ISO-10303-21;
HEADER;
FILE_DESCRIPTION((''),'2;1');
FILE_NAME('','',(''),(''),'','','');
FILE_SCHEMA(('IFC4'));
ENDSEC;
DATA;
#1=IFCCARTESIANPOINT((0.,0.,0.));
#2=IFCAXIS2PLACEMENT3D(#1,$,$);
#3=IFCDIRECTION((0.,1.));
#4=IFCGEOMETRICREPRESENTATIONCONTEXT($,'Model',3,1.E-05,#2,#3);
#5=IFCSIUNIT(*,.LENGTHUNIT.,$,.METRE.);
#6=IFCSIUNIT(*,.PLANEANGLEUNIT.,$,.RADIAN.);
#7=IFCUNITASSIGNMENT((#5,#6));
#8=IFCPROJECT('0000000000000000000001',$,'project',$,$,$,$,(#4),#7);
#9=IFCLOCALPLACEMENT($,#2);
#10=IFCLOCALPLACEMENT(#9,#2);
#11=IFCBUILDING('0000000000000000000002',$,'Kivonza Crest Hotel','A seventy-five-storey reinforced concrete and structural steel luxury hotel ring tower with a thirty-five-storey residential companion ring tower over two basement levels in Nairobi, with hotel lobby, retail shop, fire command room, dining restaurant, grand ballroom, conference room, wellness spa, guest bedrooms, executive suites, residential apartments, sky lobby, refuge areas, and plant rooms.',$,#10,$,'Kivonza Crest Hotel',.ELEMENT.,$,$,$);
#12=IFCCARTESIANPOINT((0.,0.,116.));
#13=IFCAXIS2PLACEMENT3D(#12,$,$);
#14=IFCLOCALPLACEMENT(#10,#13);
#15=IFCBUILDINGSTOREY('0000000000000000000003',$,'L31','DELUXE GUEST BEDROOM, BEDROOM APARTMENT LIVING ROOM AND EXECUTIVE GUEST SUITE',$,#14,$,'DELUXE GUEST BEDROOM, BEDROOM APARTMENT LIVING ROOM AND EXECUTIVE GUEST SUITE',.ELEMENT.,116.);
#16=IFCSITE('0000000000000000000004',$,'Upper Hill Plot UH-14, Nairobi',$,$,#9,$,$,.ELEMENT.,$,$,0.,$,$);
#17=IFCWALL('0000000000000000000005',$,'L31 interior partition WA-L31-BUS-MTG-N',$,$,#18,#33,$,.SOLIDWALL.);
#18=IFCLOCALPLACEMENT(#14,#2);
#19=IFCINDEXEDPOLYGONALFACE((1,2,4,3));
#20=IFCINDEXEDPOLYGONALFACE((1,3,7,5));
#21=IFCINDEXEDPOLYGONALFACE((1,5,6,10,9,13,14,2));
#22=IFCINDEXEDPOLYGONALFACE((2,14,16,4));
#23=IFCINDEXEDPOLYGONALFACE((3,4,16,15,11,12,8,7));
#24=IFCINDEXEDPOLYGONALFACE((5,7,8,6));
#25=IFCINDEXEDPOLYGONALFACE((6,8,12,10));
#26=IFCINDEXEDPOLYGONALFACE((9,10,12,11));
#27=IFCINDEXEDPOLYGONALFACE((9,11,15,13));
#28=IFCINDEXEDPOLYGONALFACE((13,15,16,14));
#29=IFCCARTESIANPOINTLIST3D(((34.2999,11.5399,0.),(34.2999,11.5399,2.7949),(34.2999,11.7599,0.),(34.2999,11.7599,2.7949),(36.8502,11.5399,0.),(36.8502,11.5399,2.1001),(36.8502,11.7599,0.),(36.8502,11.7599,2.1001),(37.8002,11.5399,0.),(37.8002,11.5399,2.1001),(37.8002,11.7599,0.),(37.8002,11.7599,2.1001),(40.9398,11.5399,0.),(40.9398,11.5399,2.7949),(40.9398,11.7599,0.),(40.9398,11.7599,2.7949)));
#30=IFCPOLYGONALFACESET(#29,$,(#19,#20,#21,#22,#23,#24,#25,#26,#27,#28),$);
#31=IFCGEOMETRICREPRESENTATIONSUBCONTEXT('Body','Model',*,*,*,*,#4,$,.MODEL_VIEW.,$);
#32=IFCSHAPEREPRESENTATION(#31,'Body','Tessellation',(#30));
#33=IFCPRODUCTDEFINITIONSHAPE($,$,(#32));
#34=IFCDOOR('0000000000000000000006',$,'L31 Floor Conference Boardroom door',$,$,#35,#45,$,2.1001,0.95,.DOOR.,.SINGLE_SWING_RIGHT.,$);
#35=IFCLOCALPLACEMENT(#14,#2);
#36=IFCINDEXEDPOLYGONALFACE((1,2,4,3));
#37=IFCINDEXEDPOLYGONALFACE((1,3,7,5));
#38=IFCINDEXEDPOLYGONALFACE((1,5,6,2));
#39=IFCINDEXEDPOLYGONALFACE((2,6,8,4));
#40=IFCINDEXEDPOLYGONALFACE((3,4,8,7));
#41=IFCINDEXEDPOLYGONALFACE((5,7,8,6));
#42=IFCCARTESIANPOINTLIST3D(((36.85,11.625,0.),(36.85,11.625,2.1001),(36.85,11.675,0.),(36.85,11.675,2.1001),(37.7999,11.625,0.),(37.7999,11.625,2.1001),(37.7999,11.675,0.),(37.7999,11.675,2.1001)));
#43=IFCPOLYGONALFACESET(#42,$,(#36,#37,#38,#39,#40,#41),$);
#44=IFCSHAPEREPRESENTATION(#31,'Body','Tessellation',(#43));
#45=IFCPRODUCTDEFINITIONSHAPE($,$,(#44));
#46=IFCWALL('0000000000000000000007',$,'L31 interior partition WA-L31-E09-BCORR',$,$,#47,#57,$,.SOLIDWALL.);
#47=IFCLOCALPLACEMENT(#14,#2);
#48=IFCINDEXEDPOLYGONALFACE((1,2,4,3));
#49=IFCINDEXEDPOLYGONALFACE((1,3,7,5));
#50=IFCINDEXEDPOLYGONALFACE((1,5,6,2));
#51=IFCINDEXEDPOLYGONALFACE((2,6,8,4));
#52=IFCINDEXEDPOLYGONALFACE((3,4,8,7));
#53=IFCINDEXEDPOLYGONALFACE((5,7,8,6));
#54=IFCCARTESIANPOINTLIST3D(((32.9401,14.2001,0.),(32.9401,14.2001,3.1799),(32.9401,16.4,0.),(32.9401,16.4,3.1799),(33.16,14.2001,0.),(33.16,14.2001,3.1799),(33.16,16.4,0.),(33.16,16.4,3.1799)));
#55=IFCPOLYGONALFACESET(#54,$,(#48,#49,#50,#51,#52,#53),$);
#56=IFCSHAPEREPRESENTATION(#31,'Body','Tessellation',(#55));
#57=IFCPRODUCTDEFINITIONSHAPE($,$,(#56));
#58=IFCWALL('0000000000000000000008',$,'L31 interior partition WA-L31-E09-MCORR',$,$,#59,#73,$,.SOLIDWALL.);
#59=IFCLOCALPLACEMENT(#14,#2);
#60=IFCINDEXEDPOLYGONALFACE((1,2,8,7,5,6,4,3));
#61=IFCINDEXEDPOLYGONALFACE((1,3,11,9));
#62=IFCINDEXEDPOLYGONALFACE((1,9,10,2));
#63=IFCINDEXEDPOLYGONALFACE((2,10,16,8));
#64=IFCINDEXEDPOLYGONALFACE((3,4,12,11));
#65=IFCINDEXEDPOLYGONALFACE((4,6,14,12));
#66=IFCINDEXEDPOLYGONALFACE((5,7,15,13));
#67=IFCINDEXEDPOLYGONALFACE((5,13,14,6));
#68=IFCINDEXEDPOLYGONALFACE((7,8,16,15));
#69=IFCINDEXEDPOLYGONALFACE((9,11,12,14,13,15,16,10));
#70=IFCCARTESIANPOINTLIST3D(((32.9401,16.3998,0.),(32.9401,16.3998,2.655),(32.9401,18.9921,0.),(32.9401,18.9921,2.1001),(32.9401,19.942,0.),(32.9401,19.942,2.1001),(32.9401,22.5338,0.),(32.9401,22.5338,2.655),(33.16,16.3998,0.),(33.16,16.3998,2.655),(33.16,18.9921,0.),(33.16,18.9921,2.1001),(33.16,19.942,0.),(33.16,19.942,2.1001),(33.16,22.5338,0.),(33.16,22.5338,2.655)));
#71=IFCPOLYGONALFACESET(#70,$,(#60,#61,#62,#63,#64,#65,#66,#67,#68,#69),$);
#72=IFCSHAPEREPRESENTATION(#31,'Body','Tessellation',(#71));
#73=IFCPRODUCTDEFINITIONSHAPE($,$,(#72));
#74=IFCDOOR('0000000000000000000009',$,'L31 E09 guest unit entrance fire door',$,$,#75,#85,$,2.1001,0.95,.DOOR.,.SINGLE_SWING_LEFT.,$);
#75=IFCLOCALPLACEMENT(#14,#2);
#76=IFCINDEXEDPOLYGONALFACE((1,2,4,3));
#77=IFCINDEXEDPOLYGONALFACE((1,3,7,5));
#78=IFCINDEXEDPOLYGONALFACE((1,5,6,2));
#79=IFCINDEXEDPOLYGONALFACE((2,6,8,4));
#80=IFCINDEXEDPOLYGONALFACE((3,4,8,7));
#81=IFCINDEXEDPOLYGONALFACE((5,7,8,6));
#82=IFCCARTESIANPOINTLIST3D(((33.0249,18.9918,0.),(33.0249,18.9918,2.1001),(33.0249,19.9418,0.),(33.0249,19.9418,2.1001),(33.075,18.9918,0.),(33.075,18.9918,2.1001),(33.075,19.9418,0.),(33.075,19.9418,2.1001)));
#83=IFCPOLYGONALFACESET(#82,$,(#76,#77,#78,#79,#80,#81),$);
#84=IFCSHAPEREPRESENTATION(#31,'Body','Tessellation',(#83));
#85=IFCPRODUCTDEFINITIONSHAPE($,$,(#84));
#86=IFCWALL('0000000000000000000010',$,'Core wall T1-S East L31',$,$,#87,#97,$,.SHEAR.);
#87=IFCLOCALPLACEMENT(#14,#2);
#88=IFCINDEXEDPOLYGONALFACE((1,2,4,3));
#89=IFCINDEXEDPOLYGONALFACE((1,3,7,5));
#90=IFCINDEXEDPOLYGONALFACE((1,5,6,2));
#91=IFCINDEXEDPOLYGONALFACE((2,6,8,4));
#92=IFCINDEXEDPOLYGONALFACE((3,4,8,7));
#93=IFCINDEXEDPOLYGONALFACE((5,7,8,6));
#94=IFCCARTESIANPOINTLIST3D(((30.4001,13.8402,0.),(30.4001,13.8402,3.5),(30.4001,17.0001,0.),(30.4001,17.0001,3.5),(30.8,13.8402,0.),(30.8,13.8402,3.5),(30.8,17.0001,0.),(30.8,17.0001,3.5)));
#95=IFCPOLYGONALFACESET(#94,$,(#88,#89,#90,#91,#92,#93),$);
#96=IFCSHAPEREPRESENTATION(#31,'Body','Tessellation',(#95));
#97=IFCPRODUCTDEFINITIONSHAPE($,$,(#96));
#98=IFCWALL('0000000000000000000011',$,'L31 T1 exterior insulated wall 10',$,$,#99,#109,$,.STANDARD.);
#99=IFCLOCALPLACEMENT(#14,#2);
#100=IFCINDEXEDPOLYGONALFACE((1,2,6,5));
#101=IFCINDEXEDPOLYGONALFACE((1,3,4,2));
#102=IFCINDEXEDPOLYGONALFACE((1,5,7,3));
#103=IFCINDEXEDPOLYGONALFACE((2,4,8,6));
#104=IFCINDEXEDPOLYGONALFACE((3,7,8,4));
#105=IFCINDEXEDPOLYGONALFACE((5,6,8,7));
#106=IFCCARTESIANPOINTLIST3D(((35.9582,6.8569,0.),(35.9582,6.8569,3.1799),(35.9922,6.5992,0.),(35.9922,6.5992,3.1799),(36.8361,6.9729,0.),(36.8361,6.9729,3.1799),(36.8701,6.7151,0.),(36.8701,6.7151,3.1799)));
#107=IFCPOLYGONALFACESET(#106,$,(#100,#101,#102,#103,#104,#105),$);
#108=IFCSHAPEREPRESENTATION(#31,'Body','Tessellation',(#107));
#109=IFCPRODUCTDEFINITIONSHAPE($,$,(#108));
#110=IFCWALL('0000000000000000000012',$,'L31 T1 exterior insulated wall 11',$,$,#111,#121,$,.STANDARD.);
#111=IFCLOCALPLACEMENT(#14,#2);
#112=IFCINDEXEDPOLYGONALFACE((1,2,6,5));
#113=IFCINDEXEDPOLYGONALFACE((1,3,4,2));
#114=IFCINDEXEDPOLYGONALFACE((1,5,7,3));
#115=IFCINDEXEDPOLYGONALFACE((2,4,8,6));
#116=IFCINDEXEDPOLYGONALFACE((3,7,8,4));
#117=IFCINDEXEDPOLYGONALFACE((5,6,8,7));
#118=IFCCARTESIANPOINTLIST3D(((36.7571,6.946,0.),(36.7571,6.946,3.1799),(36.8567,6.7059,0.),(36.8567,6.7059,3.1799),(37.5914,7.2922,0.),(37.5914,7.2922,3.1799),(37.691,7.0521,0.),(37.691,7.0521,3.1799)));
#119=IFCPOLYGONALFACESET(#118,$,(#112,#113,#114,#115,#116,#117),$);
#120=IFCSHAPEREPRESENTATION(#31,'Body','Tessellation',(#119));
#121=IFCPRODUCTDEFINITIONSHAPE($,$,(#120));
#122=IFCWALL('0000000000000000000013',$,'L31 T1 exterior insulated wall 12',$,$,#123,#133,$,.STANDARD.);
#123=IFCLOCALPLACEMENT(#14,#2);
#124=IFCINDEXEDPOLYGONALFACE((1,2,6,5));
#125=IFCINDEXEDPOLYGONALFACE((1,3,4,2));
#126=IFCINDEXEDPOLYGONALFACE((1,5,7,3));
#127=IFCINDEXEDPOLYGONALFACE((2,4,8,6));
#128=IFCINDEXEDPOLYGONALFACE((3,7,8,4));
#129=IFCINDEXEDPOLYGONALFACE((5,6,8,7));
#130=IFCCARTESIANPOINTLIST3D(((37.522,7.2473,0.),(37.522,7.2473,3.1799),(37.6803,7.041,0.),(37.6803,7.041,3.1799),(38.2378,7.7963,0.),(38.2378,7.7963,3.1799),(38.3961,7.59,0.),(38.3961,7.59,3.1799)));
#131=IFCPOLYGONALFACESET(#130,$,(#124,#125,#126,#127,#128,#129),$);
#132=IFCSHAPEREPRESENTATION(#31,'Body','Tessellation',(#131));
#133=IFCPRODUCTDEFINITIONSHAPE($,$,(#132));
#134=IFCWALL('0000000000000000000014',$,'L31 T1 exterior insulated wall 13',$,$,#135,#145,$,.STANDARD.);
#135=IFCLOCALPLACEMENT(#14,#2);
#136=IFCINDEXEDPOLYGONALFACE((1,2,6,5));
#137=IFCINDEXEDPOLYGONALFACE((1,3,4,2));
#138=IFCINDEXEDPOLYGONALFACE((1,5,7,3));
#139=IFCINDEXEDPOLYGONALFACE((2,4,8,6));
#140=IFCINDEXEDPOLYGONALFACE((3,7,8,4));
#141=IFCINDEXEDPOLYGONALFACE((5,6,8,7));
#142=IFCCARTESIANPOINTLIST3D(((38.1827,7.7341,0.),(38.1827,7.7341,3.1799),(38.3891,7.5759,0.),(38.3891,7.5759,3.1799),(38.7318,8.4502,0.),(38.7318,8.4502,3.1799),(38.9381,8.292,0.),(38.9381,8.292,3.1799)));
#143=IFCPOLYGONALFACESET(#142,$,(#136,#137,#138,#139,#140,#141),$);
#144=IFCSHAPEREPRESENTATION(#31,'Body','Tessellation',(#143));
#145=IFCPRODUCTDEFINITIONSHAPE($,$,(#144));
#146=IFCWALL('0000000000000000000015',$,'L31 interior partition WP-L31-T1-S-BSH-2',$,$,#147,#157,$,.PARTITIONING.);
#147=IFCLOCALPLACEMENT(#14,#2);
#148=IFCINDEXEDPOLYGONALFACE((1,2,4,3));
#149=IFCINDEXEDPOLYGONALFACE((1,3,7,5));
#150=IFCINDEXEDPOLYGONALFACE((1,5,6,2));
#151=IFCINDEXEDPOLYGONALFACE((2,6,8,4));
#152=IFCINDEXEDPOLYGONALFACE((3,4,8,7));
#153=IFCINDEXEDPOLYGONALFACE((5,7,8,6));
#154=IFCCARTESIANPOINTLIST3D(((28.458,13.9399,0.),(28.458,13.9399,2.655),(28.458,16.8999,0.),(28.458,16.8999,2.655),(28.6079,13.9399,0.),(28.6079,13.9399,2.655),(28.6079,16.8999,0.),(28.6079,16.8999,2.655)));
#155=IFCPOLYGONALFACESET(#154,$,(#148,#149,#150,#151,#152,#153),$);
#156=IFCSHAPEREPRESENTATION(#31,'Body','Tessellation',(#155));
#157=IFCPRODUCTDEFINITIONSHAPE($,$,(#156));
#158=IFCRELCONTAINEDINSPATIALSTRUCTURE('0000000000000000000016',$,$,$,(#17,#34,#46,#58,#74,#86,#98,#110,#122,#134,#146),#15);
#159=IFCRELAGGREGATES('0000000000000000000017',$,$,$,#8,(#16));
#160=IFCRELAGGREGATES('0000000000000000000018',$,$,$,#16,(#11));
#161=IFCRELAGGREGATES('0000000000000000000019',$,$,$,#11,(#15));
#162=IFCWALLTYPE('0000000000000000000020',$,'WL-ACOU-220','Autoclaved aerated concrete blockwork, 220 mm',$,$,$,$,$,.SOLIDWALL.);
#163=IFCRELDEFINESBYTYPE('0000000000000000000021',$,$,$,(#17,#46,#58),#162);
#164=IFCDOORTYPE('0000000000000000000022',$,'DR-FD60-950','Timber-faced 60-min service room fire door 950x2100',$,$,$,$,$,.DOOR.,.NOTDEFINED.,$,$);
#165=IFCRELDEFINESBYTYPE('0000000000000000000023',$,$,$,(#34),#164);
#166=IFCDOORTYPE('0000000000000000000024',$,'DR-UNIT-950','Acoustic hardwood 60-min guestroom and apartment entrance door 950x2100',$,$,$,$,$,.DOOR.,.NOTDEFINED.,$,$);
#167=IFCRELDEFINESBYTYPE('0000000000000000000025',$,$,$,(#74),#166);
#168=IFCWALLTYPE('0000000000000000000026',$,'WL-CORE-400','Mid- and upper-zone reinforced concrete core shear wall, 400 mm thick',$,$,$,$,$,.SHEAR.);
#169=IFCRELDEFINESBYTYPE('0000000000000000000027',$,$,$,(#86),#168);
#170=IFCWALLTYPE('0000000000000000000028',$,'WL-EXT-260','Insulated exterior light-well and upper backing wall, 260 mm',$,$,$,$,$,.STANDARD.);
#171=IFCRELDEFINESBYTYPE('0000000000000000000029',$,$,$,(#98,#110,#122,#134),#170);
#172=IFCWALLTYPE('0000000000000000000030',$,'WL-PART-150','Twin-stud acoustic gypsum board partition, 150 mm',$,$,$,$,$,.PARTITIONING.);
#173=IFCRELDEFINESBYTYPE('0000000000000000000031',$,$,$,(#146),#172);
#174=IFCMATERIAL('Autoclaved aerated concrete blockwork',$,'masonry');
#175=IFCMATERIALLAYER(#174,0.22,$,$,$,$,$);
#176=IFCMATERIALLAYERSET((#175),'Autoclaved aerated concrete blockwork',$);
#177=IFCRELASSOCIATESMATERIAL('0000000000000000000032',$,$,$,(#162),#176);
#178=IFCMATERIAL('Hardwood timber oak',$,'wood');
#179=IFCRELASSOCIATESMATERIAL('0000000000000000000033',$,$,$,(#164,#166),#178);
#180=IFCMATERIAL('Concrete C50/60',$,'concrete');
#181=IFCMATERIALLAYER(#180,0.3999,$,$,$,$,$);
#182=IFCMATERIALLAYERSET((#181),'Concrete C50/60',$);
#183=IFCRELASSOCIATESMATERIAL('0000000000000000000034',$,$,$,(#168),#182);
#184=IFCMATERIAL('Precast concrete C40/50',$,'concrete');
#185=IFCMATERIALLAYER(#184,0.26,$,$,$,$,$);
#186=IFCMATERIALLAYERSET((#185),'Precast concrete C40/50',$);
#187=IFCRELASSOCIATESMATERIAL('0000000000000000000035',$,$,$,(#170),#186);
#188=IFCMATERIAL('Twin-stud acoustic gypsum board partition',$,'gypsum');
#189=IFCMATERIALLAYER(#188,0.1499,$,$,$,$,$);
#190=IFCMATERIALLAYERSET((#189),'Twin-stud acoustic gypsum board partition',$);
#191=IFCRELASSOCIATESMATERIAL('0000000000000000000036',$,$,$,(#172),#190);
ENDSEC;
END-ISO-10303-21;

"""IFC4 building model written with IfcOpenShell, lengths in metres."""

from ifc_helpers import new_model, si_unit, direction, frame, frame_2d, origin, place, context, subcontext, project, spatial, rectangle, extrude, material, layer, layer_set, type_object, element, fill, save


model = new_model("IFC4")

# Units and contexts
model_context = context("Model", 3, precision=1e-05, world=origin(), true_north=direction((0.0, 1.0)))
body_context = subcontext(model_context, "Body", "Model", "MODEL_VIEW")
ifc_project = project(units=[si_unit("LENGTHUNIT", "METRE"), si_unit("PLANEANGLEUNIT", "RADIAN")], contexts=[model_context])

# Site, building, storey
site_placement = place(None, origin())
site = spatial("IfcSite", under=ifc_project, at=site_placement, Name="Upper Hill Plot UH-14, Nairobi", CompositionType="ELEMENT", RefElevation=0.0)
building_placement = place(site_placement, origin())
building = spatial("IfcBuilding", under=site, at=building_placement, Name="Kivonza Crest Hotel", Description="A seventy-five-storey reinforced concrete and structural steel luxury hotel ring tower with a thirty-five-storey residential companion ring tower over two basement levels in Nairobi, with hotel lobby, retail shop, fire command room, dining restaurant, grand ballroom, conference room, wellness spa, guest bedrooms, executive suites, residential apartments, sky lobby, refuge areas, and plant rooms.", LongName="Kivonza Crest Hotel", CompositionType="ELEMENT")
storey_placement = place(building_placement, frame((0.0, 0.0, 116.0)))
storey = spatial("IfcBuildingStorey", under=building, at=storey_placement, Name="L31", Description="DELUXE GUEST BEDROOM, BEDROOM APARTMENT LIVING ROOM AND EXECUTIVE GUEST SUITE", LongName="DELUXE GUEST BEDROOM, BEDROOM APARTMENT LIVING ROOM AND EXECUTIVE GUEST SUITE", CompositionType="ELEMENT", Elevation=116.0)

# Wall, opening, door
ifc_material_1 = material(Name="Autoclaved aerated concrete blockwork", Category="masonry")
ifc_layer_1 = layer(ifc_material_1, 0.22)
ifc_layer_set_1 = layer_set([ifc_layer_1], Name="Autoclaved aerated concrete blockwork")
wall_type_1 = type_object("IfcWallType", Name="WL-ACOU-220", Description="Autoclaved aerated concrete blockwork, 220 mm", PredefinedType="SOLIDWALL", material=ifc_layer_set_1)
wall_1_placement = place(storey_placement, frame((34.3, 11.6499, 0.0), z_axis=(0.0, 0.0, 1.0), x_axis=(1.0, 0.0, 0.0)))
wall_1 = element("IfcWall", 1, at=wall_1_placement, inside=storey, type_object=wall_type_1, Name="L31 interior partition WA-L31-BUS-MTG-N", PredefinedType="SOLIDWALL", context=body_context, shape_type="SweptSolid", body=[
    extrude(rectangle(XDim=6.6399, YDim=0.22, at=frame_2d((3.3198, 0.0))), origin(), (0.0, 0.0, 1.0), 2.7949),
])
opening_1_placement = place(wall_1_placement, frame((2.55, 0.0, 0.0)))
opening_1 = element("IfcOpeningElement", 2, at=opening_1_placement, cuts=wall_1, PredefinedType="OPENING", context=body_context, shape_type="SweptSolid", body=[
    extrude(rectangle(XDim=0.95, YDim=2.1001, at=frame_2d((0.4751, 1.05))), frame((0.0, 0.1201, 0.0), z_axis=(0.0, -1.0, 0.0), x_axis=(1.0, 0.0, 0.0)), (0.0, 0.0, 1.0), 0.24),
])
ifc_material_2 = material(Name="Hardwood timber oak", Category="wood")
door_type_1 = type_object("IfcDoorType", Name="DR-FD60-950", Description="Timber-faced 60-min service room fire door 950x2100", OperationType="NOTDEFINED", PredefinedType="DOOR", material=ifc_material_2)
door_1_placement = place(opening_1_placement, frame((0.95, 0.0, 0.0), z_axis=(0.0, 0.0, 1.0), x_axis=(-1.0, 0.0, 0.0)))
door_1 = element("IfcDoor", 3, at=door_1_placement, inside=storey, type_object=door_type_1, Name="L31 Floor Conference Boardroom door", OperationType="SINGLE_SWING_RIGHT", OverallHeight=2.1001, OverallWidth=0.95, PredefinedType="DOOR", context=body_context, shape_type="SweptSolid", body=[
    extrude(rectangle(XDim=0.95, YDim=2.1001, at=frame_2d((0.4751, 1.05))), frame((0.0, 0.0249, 0.0), z_axis=(0.0, -1.0, 0.0), x_axis=(1.0, 0.0, 0.0)), (0.0, 0.0, 1.0), 0.05),
])
fill(opening_1, door_1)

# Wall
wall_2_placement = place(storey_placement, frame((33.05, 14.2, 0.0), z_axis=(0.0, 0.0, 1.0), x_axis=(0.0, 1.0, 0.0)))
element("IfcWall", 4, at=wall_2_placement, inside=storey, type_object=wall_type_1, Name="L31 interior partition WA-L31-E09-BCORR", PredefinedType="SOLIDWALL", context=body_context, shape_type="SweptSolid", body=[
    extrude(rectangle(XDim=2.2, YDim=0.22, at=frame_2d((1.1001, 0.0))), origin(), (0.0, 0.0, 1.0), 3.1799),
])

# Wall, opening, door
wall_3_placement = place(storey_placement, frame((33.05, 16.3999, 0.0), z_axis=(0.0, 0.0, 1.0), x_axis=(0.0, 1.0, 0.0)))
wall_3 = element("IfcWall", 5, at=wall_3_placement, inside=storey, type_object=wall_type_1, Name="L31 interior partition WA-L31-E09-MCORR", PredefinedType="SOLIDWALL", context=body_context, shape_type="SweptSolid", body=[
    extrude(rectangle(XDim=6.134, YDim=0.22, at=frame_2d((3.0669, 0.0))), origin(), (0.0, 0.0, 1.0), 2.655),
])
opening_2_placement = place(wall_3_placement, frame((2.592, 0.0, 0.0)))
opening_2 = element("IfcOpeningElement", 6, at=opening_2_placement, cuts=wall_3, PredefinedType="OPENING", context=body_context, shape_type="SweptSolid", body=[
    extrude(rectangle(XDim=0.95, YDim=2.1001, at=frame_2d((0.4751, 1.05))), frame((0.0, 0.1201, 0.0), z_axis=(0.0, -1.0, 0.0), x_axis=(1.0, 0.0, 0.0)), (0.0, 0.0, 1.0), 0.24),
])
door_type_2 = type_object("IfcDoorType", Name="DR-UNIT-950", Description="Acoustic hardwood 60-min guestroom and apartment entrance door 950x2100", OperationType="NOTDEFINED", PredefinedType="DOOR", material=ifc_material_2)
door_2_placement = place(opening_2_placement, frame((0.95, 0.0, 0.0), z_axis=(0.0, 0.0, 1.0), x_axis=(-1.0, 0.0, 0.0)))
door_2 = element("IfcDoor", 7, at=door_2_placement, inside=storey, type_object=door_type_2, Name="L31 E09 guest unit entrance fire door", OperationType="SINGLE_SWING_LEFT", OverallHeight=2.1001, OverallWidth=0.95, PredefinedType="DOOR", context=body_context, shape_type="SweptSolid", body=[
    extrude(rectangle(XDim=0.95, YDim=2.1001, at=frame_2d((0.4751, 1.05))), frame((0.0, 0.0249, 0.0), z_axis=(0.0, -1.0, 0.0), x_axis=(1.0, 0.0, 0.0)), (0.0, 0.0, 1.0), 0.05),
])
fill(opening_2, door_2)

# Walls
ifc_material_3 = material(Name="Concrete C50/60", Category="concrete")
ifc_layer_2 = layer(ifc_material_3, 0.3999)
ifc_layer_set_2 = layer_set([ifc_layer_2], Name="Concrete C50/60")
wall_type_2 = type_object("IfcWallType", Name="WL-CORE-400", Description="Mid- and upper-zone reinforced concrete core shear wall, 400 mm thick", PredefinedType="SHEAR", material=ifc_layer_set_2)
wall_4_placement = place(storey_placement, frame((30.6001, 13.8401, 0.0), z_axis=(0.0, 0.0, 1.0), x_axis=(0.0, 1.0, 0.0)))
element("IfcWall", 8, at=wall_4_placement, inside=storey, type_object=wall_type_2, Name="Core wall T1-S East L31", PredefinedType="SHEAR", context=body_context, shape_type="SweptSolid", body=[
    extrude(rectangle(XDim=3.1599, YDim=0.3999, at=frame_2d((1.5801, 0.0))), origin(), (0.0, 0.0, 1.0), 3.5),
])
ifc_material_4 = material(Name="Precast concrete C40/50", Category="concrete")
ifc_layer_3 = layer(ifc_material_4, 0.26)
ifc_layer_set_3 = layer_set([ifc_layer_3], Name="Precast concrete C40/50")
wall_type_3 = type_object("IfcWallType", Name="WL-EXT-260", Description="Insulated exterior light-well and upper backing wall, 260 mm", PredefinedType="STANDARD", material=ifc_layer_set_3)
wall_5_placement = place(storey_placement, frame((35.9751, 6.728, 0.0), z_axis=(0.0, 0.0, 1.0), x_axis=(0.991388, 0.130954, 0.0)))
element("IfcWall", 9, at=wall_5_placement, inside=storey, type_object=wall_type_3, Name="L31 T1 exterior insulated wall 10", PredefinedType="STANDARD", context=body_context, shape_type="SweptSolid", body=[
    extrude(rectangle(XDim=0.8855, YDim=0.26, at=frame_2d((0.4429, 0.0))), origin(), (0.0, 0.0, 1.0), 3.1799),
])
wall_6_placement = place(storey_placement, frame((36.8069, 6.8259, 0.0), z_axis=(0.0, 0.0, 1.0), x_axis=(0.923628, 0.383291, 0.0)))
element("IfcWall", 10, at=wall_6_placement, inside=storey, type_object=wall_type_3, Name="L31 T1 exterior insulated wall 11", PredefinedType="STANDARD", context=body_context, shape_type="SweptSolid", body=[
    extrude(rectangle(XDim=0.9033, YDim=0.26, at=frame_2d((0.4517, 0.0))), origin(), (0.0, 0.0, 1.0), 3.1799),
])
wall_7_placement = place(storey_placement, frame((37.6011, 7.144, 0.0), z_axis=(0.0, 0.0, 1.0), x_axis=(0.793458, 0.608625, 0.0)))
element("IfcWall", 11, at=wall_7_placement, inside=storey, type_object=wall_type_3, Name="L31 T1 exterior insulated wall 12", PredefinedType="STANDARD", context=body_context, shape_type="SweptSolid", body=[
    extrude(rectangle(XDim=0.9021, YDim=0.26, at=frame_2d((0.4512, 0.0))), origin(), (0.0, 0.0, 1.0), 3.1799),
])
wall_8_placement = place(storey_placement, frame((38.2859, 7.655, 0.0), z_axis=(0.0, 0.0, 1.0), x_axis=(0.608494, 0.793558, 0.0)))
element("IfcWall", 12, at=wall_8_placement, inside=storey, type_object=wall_type_3, Name="L31 T1 exterior insulated wall 13", PredefinedType="STANDARD", context=body_context, shape_type="SweptSolid", body=[
    extrude(rectangle(XDim=0.9023, YDim=0.26, at=frame_2d((0.4512, 0.0))), origin(), (0.0, 0.0, 1.0), 3.1799),
])
ifc_material_5 = material(Name="Twin-stud acoustic gypsum board partition", Category="gypsum")
ifc_layer_4 = layer(ifc_material_5, 0.1499)
ifc_layer_set_4 = layer_set([ifc_layer_4], Name="Twin-stud acoustic gypsum board partition")
wall_type_4 = type_object("IfcWallType", Name="WL-PART-150", Description="Twin-stud acoustic gypsum board partition, 150 mm", PredefinedType="PARTITIONING", material=ifc_layer_set_4)
wall_9_placement = place(storey_placement, frame((28.533, 13.9399, 0.0), z_axis=(0.0, 0.0, 1.0), x_axis=(0.0, 1.0, 0.0)))
element("IfcWall", 13, at=wall_9_placement, inside=storey, type_object=wall_type_4, Name="L31 interior partition WP-L31-T1-S-BSH-2", PredefinedType="PARTITIONING", context=body_context, shape_type="SweptSolid", body=[
    extrude(rectangle(XDim=2.96, YDim=0.1499, at=frame_2d((1.48, 0.0))), origin(), (0.0, 0.0, 1.0), 2.655),
])

save(model, "model.ifc")
